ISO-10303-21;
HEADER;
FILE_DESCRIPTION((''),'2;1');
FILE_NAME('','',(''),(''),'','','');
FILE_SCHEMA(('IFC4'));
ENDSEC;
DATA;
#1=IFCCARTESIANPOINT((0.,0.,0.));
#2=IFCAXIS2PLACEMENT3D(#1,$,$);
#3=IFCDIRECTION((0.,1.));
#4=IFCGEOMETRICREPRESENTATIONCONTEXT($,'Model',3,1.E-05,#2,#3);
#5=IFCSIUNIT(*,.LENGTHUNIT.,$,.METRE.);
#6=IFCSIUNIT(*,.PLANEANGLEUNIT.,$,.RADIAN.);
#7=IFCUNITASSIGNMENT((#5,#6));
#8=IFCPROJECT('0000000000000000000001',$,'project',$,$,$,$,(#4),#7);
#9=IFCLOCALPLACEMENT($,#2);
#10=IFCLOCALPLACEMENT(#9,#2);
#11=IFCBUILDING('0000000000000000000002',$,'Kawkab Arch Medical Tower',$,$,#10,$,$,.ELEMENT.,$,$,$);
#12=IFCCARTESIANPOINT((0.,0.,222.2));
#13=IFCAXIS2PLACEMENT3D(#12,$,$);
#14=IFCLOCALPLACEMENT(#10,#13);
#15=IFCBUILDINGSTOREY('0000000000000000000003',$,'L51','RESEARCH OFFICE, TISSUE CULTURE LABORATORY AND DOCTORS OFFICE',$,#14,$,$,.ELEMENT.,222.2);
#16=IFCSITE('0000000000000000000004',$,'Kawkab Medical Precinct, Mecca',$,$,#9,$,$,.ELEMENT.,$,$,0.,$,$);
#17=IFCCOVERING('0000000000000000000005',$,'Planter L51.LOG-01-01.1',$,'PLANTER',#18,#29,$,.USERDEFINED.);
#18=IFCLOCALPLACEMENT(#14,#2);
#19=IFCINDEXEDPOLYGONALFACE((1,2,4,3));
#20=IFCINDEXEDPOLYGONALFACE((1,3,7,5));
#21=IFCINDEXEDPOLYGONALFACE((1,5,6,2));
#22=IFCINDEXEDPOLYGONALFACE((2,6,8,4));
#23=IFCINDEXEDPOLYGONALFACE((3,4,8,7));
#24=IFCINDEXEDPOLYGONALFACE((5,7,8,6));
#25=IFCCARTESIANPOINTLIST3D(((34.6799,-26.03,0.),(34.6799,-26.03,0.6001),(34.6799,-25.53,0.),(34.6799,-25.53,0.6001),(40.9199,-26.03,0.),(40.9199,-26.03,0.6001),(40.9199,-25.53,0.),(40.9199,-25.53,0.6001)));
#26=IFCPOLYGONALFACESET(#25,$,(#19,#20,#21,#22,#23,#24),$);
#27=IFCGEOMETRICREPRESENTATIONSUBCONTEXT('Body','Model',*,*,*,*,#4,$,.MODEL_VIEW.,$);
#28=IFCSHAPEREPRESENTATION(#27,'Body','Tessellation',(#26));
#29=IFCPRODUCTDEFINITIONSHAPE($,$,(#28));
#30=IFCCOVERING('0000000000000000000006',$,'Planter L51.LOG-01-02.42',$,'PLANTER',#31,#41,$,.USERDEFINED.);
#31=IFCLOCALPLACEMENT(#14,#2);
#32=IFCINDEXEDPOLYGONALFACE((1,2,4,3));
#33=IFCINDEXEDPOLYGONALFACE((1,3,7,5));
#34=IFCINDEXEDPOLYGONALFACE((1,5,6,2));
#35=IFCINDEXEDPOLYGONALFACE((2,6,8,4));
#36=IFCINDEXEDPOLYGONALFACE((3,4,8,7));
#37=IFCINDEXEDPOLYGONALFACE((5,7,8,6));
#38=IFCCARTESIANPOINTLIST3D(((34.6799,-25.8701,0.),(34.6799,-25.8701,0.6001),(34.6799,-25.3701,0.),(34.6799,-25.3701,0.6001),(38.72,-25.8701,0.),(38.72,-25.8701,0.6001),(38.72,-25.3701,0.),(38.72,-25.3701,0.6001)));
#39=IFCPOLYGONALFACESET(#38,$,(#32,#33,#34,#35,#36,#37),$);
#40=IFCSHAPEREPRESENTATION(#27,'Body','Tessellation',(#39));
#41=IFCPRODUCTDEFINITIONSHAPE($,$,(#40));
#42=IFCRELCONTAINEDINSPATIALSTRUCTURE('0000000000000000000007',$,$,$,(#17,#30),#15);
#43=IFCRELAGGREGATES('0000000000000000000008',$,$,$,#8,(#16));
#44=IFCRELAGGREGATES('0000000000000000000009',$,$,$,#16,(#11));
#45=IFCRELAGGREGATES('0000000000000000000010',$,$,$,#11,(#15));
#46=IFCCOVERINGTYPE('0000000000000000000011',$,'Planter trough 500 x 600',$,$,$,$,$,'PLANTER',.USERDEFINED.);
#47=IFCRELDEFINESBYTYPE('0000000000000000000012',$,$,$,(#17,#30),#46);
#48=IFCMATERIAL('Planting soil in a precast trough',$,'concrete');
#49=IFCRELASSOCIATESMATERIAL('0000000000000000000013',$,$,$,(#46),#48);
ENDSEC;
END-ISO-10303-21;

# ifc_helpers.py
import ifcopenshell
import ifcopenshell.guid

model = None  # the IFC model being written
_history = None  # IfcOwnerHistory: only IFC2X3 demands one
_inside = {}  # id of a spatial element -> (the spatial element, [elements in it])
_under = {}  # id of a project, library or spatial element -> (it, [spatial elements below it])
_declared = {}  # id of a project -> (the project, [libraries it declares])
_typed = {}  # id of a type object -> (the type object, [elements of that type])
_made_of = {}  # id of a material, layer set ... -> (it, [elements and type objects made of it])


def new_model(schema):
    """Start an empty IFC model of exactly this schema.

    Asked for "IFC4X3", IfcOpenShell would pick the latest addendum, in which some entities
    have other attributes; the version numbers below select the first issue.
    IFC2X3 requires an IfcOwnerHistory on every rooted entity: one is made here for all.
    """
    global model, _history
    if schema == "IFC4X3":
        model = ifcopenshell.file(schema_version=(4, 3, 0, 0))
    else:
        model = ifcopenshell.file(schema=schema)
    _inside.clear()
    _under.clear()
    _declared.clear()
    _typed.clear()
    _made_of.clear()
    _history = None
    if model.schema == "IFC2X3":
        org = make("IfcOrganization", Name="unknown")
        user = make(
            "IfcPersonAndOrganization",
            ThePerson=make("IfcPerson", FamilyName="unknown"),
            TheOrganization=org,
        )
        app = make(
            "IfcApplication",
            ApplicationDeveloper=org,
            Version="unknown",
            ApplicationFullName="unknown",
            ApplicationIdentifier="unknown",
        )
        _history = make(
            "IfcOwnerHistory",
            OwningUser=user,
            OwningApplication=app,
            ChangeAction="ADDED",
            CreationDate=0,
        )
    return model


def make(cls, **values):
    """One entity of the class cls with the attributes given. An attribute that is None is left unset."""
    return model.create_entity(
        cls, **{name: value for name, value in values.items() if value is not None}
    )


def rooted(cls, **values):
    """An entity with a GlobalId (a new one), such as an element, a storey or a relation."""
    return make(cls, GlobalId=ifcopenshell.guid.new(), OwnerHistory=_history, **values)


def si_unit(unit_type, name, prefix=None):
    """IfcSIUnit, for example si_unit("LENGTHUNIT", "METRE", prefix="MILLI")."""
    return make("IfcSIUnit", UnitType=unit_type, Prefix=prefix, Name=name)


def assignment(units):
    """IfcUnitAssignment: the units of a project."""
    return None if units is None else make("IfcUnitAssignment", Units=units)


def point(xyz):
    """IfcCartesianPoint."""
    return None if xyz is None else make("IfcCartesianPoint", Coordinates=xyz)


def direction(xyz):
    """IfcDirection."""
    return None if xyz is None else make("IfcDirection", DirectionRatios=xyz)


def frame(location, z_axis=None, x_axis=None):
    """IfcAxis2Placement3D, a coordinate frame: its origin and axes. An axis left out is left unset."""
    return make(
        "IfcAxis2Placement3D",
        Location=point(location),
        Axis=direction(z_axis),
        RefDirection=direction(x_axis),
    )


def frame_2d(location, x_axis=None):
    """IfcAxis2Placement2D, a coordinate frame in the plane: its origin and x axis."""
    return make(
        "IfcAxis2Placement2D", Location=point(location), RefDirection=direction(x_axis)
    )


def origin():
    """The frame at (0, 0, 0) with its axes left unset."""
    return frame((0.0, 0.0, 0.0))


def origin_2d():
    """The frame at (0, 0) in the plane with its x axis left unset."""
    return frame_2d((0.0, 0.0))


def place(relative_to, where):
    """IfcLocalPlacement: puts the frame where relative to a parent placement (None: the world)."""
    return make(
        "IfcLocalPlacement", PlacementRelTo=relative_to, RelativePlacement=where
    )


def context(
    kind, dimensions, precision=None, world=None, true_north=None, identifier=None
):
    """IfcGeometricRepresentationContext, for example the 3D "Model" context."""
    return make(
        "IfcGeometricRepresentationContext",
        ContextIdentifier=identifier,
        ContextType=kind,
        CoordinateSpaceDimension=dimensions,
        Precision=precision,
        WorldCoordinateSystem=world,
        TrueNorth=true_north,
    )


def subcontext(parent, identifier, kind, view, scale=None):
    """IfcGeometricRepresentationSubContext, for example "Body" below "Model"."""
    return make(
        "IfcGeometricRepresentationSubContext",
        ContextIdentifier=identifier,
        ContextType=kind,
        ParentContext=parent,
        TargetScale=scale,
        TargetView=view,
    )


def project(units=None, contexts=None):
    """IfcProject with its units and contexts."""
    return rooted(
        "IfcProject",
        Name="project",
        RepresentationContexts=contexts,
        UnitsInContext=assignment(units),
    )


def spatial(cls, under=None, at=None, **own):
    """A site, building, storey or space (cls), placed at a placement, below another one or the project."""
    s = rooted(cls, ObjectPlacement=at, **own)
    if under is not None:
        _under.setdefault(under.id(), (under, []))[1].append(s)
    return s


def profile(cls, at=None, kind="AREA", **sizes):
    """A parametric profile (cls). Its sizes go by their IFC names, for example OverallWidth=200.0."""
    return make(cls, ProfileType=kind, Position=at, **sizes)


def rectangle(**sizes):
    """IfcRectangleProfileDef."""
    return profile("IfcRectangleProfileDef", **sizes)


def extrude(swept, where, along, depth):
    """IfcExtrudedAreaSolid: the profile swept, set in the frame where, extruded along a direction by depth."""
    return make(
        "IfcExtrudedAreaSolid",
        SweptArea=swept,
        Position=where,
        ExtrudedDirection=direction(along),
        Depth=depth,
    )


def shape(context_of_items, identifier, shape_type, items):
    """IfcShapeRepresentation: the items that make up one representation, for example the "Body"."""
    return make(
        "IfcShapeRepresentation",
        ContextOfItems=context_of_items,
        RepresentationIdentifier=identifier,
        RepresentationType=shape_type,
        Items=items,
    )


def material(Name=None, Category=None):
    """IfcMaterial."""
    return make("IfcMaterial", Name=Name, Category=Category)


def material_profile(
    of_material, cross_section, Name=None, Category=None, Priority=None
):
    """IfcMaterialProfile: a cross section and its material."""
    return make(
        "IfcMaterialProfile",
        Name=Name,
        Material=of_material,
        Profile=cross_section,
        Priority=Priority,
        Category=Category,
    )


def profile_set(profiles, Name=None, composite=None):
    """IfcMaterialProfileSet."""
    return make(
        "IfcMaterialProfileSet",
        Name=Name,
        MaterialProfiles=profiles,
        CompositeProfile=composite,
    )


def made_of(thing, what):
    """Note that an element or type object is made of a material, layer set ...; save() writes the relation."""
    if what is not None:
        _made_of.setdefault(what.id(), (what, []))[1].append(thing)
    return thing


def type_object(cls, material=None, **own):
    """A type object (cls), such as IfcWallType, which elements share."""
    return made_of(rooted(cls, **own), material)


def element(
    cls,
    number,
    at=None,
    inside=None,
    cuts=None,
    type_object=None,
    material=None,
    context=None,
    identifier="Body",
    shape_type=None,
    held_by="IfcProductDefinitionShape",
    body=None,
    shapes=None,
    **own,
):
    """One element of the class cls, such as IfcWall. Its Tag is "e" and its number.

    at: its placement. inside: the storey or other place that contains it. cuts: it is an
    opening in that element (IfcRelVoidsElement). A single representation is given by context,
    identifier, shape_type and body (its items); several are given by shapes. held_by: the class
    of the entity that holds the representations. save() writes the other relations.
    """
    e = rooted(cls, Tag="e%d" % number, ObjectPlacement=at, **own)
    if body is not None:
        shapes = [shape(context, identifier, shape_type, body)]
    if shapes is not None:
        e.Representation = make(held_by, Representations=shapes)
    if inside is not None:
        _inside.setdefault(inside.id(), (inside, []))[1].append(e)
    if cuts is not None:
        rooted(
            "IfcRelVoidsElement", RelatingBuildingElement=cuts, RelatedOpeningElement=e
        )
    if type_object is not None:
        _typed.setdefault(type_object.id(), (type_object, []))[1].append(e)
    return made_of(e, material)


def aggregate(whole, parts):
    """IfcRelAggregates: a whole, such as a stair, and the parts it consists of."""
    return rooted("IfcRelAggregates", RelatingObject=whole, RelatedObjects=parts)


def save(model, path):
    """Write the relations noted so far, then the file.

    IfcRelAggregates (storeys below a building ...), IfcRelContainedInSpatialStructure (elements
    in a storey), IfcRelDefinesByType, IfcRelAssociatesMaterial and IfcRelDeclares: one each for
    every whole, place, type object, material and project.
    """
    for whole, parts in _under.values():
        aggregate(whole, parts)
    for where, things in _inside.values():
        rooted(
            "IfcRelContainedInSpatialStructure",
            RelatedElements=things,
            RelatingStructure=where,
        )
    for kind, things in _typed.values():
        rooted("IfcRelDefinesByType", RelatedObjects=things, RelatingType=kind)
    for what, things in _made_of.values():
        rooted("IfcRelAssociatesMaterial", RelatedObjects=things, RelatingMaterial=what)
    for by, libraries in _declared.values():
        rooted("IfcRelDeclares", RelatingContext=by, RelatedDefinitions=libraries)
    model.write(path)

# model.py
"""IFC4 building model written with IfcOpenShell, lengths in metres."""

from ifc_helpers import new_model, si_unit, direction, frame, origin, origin_2d, place, context, subcontext, project, spatial, rectangle, extrude, material, material_profile, profile_set, type_object, element, save


model = new_model("IFC4")

# Units and contexts
model_context = context("Model", 3, precision=1e-05, world=origin(), true_north=direction((0.0, 1.0)))
body_context = subcontext(model_context, "Body", "Model", "MODEL_VIEW")
ifc_project = project(units=[si_unit("LENGTHUNIT", "METRE"), si_unit("PLANEANGLEUNIT", "RADIAN")], contexts=[model_context])

# Site, building, storey
site_placement = place(None, origin())
site = spatial("IfcSite", under=ifc_project, at=site_placement, Name="Kawkab Medical Precinct, Mecca", CompositionType="ELEMENT", RefElevation=0.0)
building_placement = place(site_placement, origin())
building = spatial("IfcBuilding", under=site, at=building_placement, Name="Kawkab Arch Medical Tower", CompositionType="ELEMENT")
storey_placement = place(building_placement, frame((0.0, 0.0, 222.2)))
storey = spatial("IfcBuildingStorey", under=building, at=storey_placement, Name="L51", Description="RESEARCH OFFICE, TISSUE CULTURE LABORATORY AND DOCTORS OFFICE", CompositionType="ELEMENT", Elevation=222.2)

# Coverings
ifc_material_1 = material(Name="Planting soil in a precast trough", Category="concrete")
ifc_material_profile_1 = material_profile(ifc_material_1, rectangle(XDim=0.5, YDim=0.6001, at=origin_2d()), Name="Trough 500x600")
ifc_profile_set_1 = profile_set([ifc_material_profile_1], Name="Planting soil in a precast trough")
covering_type = type_object("IfcCoveringType", Name="Planter trough 500 x 600", ElementType="PLANTER", PredefinedType="USERDEFINED", material=ifc_profile_set_1)
covering_1_placement = place(storey_placement, frame((34.6799, -25.78, 0.3), z_axis=(1.0, 0.0, 0.0), x_axis=(0.0, 1.0, 0.0)))
element("IfcCovering", 1, at=covering_1_placement, inside=storey, type_object=covering_type, Name="Planter L51.LOG-01-01.1", ObjectType="PLANTER", PredefinedType="USERDEFINED", context=body_context, shape_type="SweptSolid", body=[
    extrude(rectangle(XDim=0.5, YDim=0.6001, at=origin_2d()), origin(), (0.0, 0.0, 1.0), 6.24),
])
covering_2_placement = place(storey_placement, frame((38.72, -25.6201, 0.3), z_axis=(-1.0, 0.0, 0.0), x_axis=(0.0, -1.0, 0.0)))
element("IfcCovering", 2, at=covering_2_placement, inside=storey, type_object=covering_type, Name="Planter L51.LOG-01-02.42", ObjectType="PLANTER", PredefinedType="USERDEFINED", context=body_context, shape_type="SweptSolid", body=[
    extrude(rectangle(XDim=0.5, YDim=0.6001, at=origin_2d()), origin(), (0.0, 0.0, 1.0), 4.04),
])

save(model, "model.ifc")
